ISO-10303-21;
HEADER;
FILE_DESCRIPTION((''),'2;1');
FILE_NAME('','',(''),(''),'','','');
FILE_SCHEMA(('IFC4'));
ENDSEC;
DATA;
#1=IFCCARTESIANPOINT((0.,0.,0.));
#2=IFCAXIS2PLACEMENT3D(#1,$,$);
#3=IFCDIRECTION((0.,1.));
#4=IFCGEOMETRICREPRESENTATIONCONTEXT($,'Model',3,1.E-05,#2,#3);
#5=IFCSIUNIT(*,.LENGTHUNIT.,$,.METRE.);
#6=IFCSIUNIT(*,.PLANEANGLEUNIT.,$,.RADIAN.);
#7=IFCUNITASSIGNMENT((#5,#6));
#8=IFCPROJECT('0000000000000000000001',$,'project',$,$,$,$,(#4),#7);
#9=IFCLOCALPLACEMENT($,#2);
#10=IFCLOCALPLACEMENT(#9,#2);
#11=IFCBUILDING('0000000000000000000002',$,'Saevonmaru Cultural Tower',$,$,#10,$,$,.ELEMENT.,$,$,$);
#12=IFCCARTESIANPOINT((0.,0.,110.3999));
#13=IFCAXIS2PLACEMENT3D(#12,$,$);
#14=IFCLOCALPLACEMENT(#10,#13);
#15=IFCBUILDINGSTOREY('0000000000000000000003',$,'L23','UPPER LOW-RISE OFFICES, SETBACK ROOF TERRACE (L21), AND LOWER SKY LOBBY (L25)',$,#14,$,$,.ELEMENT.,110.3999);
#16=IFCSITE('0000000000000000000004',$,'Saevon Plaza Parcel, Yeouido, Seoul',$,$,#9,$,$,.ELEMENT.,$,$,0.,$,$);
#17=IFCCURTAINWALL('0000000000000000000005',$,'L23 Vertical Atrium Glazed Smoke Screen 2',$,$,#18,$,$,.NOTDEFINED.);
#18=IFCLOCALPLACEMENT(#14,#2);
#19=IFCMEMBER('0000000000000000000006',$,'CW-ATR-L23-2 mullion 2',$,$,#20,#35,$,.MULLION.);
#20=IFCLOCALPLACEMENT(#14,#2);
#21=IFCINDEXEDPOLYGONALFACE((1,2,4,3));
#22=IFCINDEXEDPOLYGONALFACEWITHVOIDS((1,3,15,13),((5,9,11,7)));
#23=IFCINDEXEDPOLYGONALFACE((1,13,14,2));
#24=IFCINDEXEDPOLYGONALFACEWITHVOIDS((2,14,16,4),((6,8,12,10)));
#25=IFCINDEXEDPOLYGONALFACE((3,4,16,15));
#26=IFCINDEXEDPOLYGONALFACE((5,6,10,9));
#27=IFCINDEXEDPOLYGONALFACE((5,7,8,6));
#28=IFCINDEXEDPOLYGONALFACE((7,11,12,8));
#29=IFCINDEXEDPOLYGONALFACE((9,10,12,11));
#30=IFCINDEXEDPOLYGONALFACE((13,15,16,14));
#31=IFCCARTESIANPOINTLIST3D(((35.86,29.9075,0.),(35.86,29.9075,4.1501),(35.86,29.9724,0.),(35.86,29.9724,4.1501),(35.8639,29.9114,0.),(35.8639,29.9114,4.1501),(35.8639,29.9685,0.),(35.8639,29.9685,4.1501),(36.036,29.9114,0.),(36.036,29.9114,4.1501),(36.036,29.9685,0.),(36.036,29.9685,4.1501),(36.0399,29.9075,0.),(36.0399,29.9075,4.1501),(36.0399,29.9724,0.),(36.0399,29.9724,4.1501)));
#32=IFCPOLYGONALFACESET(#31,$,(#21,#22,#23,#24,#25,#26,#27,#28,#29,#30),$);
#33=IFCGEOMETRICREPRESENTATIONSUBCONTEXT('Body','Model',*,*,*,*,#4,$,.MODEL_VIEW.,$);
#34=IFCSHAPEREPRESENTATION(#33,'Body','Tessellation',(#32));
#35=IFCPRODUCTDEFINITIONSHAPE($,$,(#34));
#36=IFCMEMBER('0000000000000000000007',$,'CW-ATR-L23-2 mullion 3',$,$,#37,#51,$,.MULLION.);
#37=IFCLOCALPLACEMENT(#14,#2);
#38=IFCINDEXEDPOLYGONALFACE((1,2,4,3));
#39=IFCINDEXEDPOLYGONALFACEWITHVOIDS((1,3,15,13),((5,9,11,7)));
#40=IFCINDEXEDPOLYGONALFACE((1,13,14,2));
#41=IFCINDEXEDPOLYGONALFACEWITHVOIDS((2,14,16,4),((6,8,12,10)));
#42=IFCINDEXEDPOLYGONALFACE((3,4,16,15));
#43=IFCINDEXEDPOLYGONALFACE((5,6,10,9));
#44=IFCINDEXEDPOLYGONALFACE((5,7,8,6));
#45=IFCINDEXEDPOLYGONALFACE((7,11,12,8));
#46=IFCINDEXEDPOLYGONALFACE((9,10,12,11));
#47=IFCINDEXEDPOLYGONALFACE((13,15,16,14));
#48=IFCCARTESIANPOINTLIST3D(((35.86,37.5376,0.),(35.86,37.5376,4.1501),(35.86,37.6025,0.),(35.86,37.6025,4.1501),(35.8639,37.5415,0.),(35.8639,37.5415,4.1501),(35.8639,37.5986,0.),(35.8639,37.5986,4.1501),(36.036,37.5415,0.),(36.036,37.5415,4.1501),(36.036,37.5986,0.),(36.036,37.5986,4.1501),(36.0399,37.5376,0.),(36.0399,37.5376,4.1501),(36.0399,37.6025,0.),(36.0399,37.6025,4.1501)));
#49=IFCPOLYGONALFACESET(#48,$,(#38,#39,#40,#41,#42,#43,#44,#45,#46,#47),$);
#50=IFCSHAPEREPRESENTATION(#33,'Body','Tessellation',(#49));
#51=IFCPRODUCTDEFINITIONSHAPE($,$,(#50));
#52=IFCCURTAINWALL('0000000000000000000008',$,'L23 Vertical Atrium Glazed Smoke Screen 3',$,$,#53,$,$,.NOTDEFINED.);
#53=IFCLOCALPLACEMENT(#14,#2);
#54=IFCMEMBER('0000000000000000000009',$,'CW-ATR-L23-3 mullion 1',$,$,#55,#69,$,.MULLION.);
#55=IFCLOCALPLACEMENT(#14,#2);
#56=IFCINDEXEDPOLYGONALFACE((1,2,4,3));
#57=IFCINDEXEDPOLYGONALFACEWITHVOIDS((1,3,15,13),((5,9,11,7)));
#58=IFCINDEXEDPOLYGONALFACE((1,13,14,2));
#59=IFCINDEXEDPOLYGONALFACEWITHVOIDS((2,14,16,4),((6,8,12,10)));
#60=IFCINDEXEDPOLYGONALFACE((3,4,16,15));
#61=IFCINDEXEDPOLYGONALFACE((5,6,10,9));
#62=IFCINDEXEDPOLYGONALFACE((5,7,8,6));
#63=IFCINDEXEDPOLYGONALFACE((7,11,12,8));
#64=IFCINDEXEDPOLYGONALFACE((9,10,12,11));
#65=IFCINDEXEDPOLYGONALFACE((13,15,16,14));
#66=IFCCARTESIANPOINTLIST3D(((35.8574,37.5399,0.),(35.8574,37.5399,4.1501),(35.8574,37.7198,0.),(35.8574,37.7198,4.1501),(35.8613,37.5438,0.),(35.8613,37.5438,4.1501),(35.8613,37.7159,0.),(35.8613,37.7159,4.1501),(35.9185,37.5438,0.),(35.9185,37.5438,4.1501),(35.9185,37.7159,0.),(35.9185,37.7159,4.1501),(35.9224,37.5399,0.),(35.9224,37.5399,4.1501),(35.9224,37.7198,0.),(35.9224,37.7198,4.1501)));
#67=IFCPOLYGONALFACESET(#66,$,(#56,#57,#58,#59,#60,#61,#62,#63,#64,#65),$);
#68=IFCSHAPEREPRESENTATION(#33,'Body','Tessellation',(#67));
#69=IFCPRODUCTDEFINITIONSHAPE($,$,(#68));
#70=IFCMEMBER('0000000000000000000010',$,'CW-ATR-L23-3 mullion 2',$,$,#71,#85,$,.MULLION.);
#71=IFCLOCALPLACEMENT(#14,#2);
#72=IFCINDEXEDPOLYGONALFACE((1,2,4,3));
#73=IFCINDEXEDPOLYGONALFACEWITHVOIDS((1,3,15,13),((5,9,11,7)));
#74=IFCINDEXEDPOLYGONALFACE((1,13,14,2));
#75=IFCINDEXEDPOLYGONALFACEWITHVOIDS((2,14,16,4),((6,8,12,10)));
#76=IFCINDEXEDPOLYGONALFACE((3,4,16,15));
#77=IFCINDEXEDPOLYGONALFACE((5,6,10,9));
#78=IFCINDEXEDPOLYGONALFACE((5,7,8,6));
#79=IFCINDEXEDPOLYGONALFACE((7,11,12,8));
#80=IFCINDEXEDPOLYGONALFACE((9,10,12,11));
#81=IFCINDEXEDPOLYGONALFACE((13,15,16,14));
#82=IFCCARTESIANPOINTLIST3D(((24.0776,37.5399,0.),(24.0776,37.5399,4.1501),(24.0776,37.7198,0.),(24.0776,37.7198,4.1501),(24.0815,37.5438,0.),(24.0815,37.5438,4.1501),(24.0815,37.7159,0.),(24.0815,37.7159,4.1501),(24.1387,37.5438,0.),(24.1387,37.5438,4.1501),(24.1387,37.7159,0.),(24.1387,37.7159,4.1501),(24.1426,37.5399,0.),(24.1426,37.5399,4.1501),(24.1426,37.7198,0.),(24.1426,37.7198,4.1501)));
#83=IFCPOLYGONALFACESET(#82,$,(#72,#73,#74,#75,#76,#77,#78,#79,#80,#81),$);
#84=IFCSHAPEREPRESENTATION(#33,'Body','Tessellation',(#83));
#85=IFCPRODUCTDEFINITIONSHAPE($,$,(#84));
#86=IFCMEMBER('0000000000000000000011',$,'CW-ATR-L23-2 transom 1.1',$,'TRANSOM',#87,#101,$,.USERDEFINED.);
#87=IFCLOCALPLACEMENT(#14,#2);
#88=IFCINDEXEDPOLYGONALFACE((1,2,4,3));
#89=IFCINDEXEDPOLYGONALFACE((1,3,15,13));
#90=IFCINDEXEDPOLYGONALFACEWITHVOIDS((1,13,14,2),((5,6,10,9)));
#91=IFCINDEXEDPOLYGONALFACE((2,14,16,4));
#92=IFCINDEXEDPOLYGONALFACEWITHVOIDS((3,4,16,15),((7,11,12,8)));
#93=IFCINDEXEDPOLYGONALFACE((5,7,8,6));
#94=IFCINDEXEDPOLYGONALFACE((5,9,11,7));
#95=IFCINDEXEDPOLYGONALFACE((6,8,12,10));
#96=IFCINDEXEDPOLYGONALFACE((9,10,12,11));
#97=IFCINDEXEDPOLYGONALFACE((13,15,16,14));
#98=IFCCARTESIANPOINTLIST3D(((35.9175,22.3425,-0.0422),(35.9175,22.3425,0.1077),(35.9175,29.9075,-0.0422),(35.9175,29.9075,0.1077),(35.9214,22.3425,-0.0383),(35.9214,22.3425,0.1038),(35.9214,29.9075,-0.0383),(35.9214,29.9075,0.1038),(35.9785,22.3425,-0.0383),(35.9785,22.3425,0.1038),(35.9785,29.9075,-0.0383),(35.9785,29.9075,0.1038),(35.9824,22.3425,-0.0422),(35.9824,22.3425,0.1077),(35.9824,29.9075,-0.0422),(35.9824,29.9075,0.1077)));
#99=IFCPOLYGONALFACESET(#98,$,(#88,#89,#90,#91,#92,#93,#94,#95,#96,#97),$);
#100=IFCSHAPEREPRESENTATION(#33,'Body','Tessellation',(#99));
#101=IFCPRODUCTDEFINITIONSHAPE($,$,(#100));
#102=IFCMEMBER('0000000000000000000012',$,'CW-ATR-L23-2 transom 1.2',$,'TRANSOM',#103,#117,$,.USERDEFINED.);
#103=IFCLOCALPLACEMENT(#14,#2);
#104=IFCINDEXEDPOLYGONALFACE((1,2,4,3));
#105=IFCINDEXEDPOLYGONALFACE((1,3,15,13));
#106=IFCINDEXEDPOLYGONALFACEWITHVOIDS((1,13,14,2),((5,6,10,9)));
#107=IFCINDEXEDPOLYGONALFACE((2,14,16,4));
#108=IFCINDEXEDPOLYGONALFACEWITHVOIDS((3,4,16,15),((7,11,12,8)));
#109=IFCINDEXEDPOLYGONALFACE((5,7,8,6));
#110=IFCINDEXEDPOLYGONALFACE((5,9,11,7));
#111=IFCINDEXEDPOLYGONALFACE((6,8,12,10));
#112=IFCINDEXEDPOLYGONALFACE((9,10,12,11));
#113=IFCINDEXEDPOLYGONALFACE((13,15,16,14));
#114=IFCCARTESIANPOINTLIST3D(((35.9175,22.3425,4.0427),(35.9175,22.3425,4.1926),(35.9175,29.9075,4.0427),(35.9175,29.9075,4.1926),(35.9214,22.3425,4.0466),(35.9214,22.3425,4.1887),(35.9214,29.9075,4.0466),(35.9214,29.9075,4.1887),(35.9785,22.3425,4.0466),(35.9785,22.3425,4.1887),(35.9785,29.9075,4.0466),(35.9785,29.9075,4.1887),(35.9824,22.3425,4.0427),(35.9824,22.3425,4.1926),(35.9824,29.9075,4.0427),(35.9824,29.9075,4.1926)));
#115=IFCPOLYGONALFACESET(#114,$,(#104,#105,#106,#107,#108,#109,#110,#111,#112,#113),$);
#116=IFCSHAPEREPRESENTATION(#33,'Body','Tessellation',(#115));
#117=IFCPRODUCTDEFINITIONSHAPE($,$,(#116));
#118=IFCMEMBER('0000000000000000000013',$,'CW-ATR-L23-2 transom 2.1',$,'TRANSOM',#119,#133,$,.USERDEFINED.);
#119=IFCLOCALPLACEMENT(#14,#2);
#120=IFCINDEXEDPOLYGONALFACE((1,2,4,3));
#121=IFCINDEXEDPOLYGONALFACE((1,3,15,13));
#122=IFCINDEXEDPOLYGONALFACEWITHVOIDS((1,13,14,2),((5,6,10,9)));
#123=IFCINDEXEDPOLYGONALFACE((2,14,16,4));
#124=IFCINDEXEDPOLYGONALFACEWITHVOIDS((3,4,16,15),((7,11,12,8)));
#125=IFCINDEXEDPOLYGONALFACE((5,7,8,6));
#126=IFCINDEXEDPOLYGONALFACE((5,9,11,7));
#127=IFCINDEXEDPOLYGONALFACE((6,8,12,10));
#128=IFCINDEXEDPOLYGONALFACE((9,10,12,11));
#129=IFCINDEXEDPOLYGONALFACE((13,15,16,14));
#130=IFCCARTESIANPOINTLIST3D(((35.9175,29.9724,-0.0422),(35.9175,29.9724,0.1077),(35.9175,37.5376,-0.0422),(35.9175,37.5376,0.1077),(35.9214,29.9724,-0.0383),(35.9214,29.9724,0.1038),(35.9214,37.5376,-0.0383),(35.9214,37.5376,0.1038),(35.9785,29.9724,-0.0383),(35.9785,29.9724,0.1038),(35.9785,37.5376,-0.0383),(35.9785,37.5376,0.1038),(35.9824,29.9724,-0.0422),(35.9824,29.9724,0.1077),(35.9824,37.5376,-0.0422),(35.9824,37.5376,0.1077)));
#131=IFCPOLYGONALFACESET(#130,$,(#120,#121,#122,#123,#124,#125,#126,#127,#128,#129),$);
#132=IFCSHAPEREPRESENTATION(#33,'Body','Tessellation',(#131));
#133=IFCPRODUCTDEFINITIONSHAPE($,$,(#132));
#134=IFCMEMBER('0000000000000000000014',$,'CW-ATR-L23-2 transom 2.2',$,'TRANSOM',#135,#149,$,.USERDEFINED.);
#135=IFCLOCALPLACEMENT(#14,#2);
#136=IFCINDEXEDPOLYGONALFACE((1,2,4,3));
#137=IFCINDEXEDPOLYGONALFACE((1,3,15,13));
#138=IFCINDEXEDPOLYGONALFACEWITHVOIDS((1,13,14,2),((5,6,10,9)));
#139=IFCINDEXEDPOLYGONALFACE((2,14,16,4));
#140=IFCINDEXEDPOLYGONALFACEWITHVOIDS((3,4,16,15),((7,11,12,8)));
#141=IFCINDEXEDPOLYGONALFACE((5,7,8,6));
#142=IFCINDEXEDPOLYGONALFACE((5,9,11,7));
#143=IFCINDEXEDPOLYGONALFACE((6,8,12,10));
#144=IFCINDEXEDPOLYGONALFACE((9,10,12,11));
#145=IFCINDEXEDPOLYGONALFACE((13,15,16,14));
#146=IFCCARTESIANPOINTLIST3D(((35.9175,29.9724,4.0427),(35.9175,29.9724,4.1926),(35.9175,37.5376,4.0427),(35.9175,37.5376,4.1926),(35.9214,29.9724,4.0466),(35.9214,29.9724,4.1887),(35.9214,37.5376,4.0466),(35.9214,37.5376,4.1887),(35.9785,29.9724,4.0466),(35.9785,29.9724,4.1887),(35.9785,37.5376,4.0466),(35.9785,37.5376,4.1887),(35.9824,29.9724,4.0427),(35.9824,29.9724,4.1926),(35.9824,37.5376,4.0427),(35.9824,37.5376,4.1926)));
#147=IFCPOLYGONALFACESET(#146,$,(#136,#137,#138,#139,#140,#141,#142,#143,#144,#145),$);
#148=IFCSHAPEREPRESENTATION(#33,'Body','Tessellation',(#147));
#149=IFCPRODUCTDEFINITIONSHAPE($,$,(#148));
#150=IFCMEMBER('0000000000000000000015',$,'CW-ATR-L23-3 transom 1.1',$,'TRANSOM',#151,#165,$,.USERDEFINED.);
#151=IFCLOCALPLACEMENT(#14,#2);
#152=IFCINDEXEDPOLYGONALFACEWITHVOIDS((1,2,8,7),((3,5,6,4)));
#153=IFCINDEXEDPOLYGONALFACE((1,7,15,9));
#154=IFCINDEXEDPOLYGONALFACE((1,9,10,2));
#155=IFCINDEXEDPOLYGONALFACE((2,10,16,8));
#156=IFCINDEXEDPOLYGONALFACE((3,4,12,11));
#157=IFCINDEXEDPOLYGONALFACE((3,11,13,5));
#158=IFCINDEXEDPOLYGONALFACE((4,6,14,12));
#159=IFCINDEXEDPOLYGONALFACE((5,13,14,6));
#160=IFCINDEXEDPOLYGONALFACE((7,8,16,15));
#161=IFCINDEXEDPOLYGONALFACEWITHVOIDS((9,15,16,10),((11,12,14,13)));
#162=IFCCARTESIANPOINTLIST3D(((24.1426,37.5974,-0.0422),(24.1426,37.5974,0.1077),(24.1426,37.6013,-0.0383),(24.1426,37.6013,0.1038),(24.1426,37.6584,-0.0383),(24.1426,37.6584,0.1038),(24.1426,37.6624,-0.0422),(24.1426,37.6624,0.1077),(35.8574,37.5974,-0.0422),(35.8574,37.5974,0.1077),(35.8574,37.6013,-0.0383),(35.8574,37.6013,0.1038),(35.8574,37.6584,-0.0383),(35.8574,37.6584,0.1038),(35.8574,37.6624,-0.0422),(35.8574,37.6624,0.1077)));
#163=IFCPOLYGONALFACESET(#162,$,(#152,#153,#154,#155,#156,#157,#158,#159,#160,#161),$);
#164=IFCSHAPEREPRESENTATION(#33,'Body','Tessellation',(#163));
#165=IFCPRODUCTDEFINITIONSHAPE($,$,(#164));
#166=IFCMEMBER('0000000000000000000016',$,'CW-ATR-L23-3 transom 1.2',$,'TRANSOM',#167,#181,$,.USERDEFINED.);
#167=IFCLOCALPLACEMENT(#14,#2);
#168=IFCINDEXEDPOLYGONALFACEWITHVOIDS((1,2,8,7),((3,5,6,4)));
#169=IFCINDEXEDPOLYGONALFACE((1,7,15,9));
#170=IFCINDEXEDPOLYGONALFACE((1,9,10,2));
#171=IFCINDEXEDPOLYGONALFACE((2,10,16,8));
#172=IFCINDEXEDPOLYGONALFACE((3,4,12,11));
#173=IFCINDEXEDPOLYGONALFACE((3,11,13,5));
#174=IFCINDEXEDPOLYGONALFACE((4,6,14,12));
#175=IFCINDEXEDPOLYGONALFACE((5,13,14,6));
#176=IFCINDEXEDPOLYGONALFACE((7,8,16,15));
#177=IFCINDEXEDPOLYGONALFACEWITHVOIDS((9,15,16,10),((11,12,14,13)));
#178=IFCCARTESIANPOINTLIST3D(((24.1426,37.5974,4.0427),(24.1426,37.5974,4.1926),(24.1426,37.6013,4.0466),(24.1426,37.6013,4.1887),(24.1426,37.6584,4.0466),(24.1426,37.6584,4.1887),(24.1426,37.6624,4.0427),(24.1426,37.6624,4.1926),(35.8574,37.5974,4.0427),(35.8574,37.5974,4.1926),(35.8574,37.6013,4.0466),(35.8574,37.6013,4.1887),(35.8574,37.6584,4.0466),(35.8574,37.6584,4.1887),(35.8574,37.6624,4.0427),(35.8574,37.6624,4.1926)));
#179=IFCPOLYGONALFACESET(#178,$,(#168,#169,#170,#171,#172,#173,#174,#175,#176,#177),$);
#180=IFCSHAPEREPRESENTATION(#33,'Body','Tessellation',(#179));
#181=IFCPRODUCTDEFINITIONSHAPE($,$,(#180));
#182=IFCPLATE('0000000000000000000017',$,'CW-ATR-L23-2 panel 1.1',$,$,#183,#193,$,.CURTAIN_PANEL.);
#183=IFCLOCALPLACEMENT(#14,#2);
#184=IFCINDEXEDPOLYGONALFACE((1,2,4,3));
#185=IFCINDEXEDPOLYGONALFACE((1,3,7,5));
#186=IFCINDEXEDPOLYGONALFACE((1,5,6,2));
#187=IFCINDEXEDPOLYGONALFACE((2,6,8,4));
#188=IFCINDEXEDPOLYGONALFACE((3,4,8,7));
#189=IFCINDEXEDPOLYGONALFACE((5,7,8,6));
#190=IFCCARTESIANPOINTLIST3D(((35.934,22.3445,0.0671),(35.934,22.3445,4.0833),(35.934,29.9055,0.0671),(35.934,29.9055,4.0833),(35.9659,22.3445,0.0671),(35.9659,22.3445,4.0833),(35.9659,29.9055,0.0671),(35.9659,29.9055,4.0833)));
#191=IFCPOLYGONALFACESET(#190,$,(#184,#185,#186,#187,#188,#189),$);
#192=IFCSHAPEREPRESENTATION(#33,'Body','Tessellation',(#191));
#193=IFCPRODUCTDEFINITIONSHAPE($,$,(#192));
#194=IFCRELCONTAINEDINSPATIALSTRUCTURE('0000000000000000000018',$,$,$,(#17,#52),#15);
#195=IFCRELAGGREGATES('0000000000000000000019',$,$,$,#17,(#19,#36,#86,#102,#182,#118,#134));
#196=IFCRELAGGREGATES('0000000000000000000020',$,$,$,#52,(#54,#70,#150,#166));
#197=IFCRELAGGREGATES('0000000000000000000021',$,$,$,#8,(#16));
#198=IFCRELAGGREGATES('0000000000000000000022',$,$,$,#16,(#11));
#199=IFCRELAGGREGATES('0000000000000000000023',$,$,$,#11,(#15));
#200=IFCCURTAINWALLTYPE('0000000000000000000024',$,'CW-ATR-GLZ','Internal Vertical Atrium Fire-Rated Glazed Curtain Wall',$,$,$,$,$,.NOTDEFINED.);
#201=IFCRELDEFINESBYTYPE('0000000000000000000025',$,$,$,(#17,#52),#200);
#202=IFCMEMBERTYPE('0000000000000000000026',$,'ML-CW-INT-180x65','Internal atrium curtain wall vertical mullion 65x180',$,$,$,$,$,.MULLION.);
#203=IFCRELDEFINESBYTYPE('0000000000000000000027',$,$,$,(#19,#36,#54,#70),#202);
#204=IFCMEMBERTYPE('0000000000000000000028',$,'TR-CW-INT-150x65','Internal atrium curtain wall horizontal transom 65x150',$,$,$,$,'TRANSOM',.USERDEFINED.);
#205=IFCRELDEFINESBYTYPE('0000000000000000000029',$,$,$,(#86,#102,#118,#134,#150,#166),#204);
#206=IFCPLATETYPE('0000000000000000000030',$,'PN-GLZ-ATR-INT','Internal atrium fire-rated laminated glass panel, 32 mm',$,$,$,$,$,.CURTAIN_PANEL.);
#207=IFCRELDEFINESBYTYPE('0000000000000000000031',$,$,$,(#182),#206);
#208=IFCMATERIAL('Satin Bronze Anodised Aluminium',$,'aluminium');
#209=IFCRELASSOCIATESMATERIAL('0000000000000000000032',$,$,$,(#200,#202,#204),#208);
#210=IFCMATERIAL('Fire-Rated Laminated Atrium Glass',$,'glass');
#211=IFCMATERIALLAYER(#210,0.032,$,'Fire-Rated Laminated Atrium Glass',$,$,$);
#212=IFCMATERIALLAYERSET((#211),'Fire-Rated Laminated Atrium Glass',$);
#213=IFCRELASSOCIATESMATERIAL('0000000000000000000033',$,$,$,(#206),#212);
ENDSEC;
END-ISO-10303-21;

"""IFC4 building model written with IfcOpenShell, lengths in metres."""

from ifc_helpers import new_model, si_unit, direction, frame, origin, origin_2d, place, context, subcontext, project, spatial, rectangle, hollow_rectangle, extrude, material, layer, layer_set, material_profile, profile_set, type_object, element, aggregate, save


model = new_model("IFC4")

# Units and contexts
model_context = context("Model", 3, precision=1e-05, world=origin(), true_north=direction((0.0, 1.0)))
body_context = subcontext(model_context, "Body", "Model", "MODEL_VIEW")
ifc_project = project(units=[si_unit("LENGTHUNIT", "METRE"), si_unit("PLANEANGLEUNIT", "RADIAN")], contexts=[model_context])

# Site, building, storey
site_placement = place(None, origin())
site = spatial("IfcSite", under=ifc_project, at=site_placement, Name="Saevon Plaza Parcel, Yeouido, Seoul", CompositionType="ELEMENT", RefElevation=0.0)
building_placement = place(site_placement, origin())
building = spatial("IfcBuilding", under=site, at=building_placement, Name="Saevonmaru Cultural Tower", CompositionType="ELEMENT")
storey_placement = place(building_placement, frame((0.0, 0.0, 110.3999)))
storey = spatial("IfcBuildingStorey", under=building, at=storey_placement, Name="L23", Description="UPPER LOW-RISE OFFICES, SETBACK ROOF TERRACE (L21), AND LOWER SKY LOBBY (L25)", CompositionType="ELEMENT", Elevation=110.3999)

# Curtain walls, members
ifc_material_1 = material(Name="Satin Bronze Anodised Aluminium", Category="aluminium")
curtain_wall_type = type_object("IfcCurtainWallType", Name="CW-ATR-GLZ", Description="Internal Vertical Atrium Fire-Rated Glazed Curtain Wall", PredefinedType="NOTDEFINED", material=ifc_material_1)
curtain_wall_1_placement = place(storey_placement, origin())
curtain_wall_1 = element("IfcCurtainWall", 1, at=curtain_wall_1_placement, inside=storey, type_object=curtain_wall_type, Name="L23 Vertical Atrium Glazed Smoke Screen 2", PredefinedType="NOTDEFINED")
ifc_material_profile_1 = material_profile(ifc_material_1, hollow_rectangle(XDim=0.0649, YDim=0.1799, WallThickness=0.0039, at=origin_2d()), Name="ALU-MULL-180x65x4")
ifc_profile_set_1 = profile_set([ifc_material_profile_1], Name="Satin Bronze Anodised Aluminium")
member_type_1 = type_object("IfcMemberType", Name="ML-CW-INT-180x65", Description="Internal atrium curtain wall vertical mullion 65x180", PredefinedType="MULLION", material=ifc_profile_set_1)
member_1_placement = place(storey_placement, frame((35.95, 29.9399, 0.0), z_axis=(0.0, 0.0, 1.0), x_axis=(0.0, 1.0, 0.0)))
member_1 = element("IfcMember", 2, at=member_1_placement, type_object=member_type_1, Name="CW-ATR-L23-2 mullion 2", PredefinedType="MULLION", context=body_context, shape_type="SweptSolid", body=[
    extrude(hollow_rectangle(XDim=0.0649, YDim=0.1799, WallThickness=0.0039, at=origin_2d()), origin(), (0.0, 0.0, 1.0), 4.1501),
])
member_2_placement = place(storey_placement, frame((35.95, 37.5701, 0.0), z_axis=(0.0, 0.0, 1.0), x_axis=(0.0, 1.0, 0.0)))
member_2 = element("IfcMember", 3, at=member_2_placement, type_object=member_type_1, Name="CW-ATR-L23-2 mullion 3", PredefinedType="MULLION", context=body_context, shape_type="SweptSolid", body=[
    extrude(hollow_rectangle(XDim=0.0649, YDim=0.1799, WallThickness=0.0039, at=origin_2d()), origin(), (0.0, 0.0, 1.0), 4.1501),
])
curtain_wall_2_placement = place(storey_placement, origin())
curtain_wall_2 = element("IfcCurtainWall", 4, at=curtain_wall_2_placement, inside=storey, type_object=curtain_wall_type, Name="L23 Vertical Atrium Glazed Smoke Screen 3", PredefinedType="NOTDEFINED")
member_3_placement = place(storey_placement, frame((35.8899, 37.6299, 0.0), z_axis=(0.0, 0.0, 1.0), x_axis=(-1.0, 0.0, 0.0)))
member_3 = element("IfcMember", 5, at=member_3_placement, type_object=member_type_1, Name="CW-ATR-L23-3 mullion 1", PredefinedType="MULLION", context=body_context, shape_type="SweptSolid", body=[
    extrude(hollow_rectangle(XDim=0.0649, YDim=0.1799, WallThickness=0.0039, at=origin_2d()), origin(), (0.0, 0.0, 1.0), 4.1501),
])
member_4_placement = place(storey_placement, frame((24.1101, 37.6299, 0.0), z_axis=(0.0, 0.0, 1.0), x_axis=(-1.0, 0.0, 0.0)))
member_4 = element("IfcMember", 6, at=member_4_placement, type_object=member_type_1, Name="CW-ATR-L23-3 mullion 2", PredefinedType="MULLION", context=body_context, shape_type="SweptSolid", body=[
    extrude(hollow_rectangle(XDim=0.0649, YDim=0.1799, WallThickness=0.0039, at=origin_2d()), origin(), (0.0, 0.0, 1.0), 4.1501),
])

# Members
ifc_material_profile_2 = material_profile(ifc_material_1, hollow_rectangle(XDim=0.0649, YDim=0.1499, WallThickness=0.0039, at=origin_2d()), Name="ALU-TRAN-150x65x4")
ifc_profile_set_2 = profile_set([ifc_material_profile_2], Name="Satin Bronze Anodised Aluminium")
member_type_2 = type_object("IfcMemberType", Name="TR-CW-INT-150x65", Description="Internal atrium curtain wall horizontal transom 65x150", ElementType="TRANSOM", PredefinedType="USERDEFINED", material=ifc_profile_set_2)
member_5_placement = place(storey_placement, frame((35.95, 22.3425, 0.0327), z_axis=(0.0, 1.0, 0.0), x_axis=(-1.0, 0.0, 0.0)))
member_5 = element("IfcMember", 7, at=member_5_placement, type_object=member_type_2, Name="CW-ATR-L23-2 transom 1.1", ObjectType="TRANSOM", PredefinedType="USERDEFINED", context=body_context, shape_type="SweptSolid", body=[
    extrude(hollow_rectangle(XDim=0.0649, YDim=0.1499, WallThickness=0.0039, at=origin_2d()), origin(), (0.0, 0.0, 1.0), 7.5649),
])
member_6_placement = place(storey_placement, frame((35.95, 22.3425, 4.1177), z_axis=(0.0, 1.0, 0.0), x_axis=(-1.0, 0.0, 0.0)))
member_6 = element("IfcMember", 8, at=member_6_placement, type_object=member_type_2, Name="CW-ATR-L23-2 transom 1.2", ObjectType="TRANSOM", PredefinedType="USERDEFINED", context=body_context, shape_type="SweptSolid", body=[
    extrude(hollow_rectangle(XDim=0.0649, YDim=0.1499, WallThickness=0.0039, at=origin_2d()), origin(), (0.0, 0.0, 1.0), 7.5649),
])
member_7_placement = place(storey_placement, frame((35.95, 29.9724, 0.0327), z_axis=(0.0, 1.0, 0.0), x_axis=(-1.0, 0.0, 0.0)))
member_7 = element("IfcMember", 9, at=member_7_placement, type_object=member_type_2, Name="CW-ATR-L23-2 transom 2.1", ObjectType="TRANSOM", PredefinedType="USERDEFINED", context=body_context, shape_type="SweptSolid", body=[
    extrude(hollow_rectangle(XDim=0.0649, YDim=0.1499, WallThickness=0.0039, at=origin_2d()), origin(), (0.0, 0.0, 1.0), 7.5652),
])
member_8_placement = place(storey_placement, frame((35.95, 29.9724, 4.1177), z_axis=(0.0, 1.0, 0.0), x_axis=(-1.0, 0.0, 0.0)))
member_8 = element("IfcMember", 10, at=member_8_placement, type_object=member_type_2, Name="CW-ATR-L23-2 transom 2.2", ObjectType="TRANSOM", PredefinedType="USERDEFINED", context=body_context, shape_type="SweptSolid", body=[
    extrude(hollow_rectangle(XDim=0.0649, YDim=0.1499, WallThickness=0.0039, at=origin_2d()), origin(), (0.0, 0.0, 1.0), 7.5652),
])
member_9_placement = place(storey_placement, frame((35.8574, 37.6299, 0.0327), z_axis=(-1.0, 0.0, 0.0), x_axis=(0.0, -1.0, 0.0)))
member_9 = element("IfcMember", 11, at=member_9_placement, type_object=member_type_2, Name="CW-ATR-L23-3 transom 1.1", ObjectType="TRANSOM", PredefinedType="USERDEFINED", context=body_context, shape_type="SweptSolid", body=[
    extrude(hollow_rectangle(XDim=0.0649, YDim=0.1499, WallThickness=0.0039, at=origin_2d()), origin(), (0.0, 0.0, 1.0), 11.7148),
])
member_10_placement = place(storey_placement, frame((35.8574, 37.6299, 4.1177), z_axis=(-1.0, 0.0, 0.0), x_axis=(0.0, -1.0, 0.0)))
member_10 = element("IfcMember", 12, at=member_10_placement, type_object=member_type_2, Name="CW-ATR-L23-3 transom 1.2", ObjectType="TRANSOM", PredefinedType="USERDEFINED", context=body_context, shape_type="SweptSolid", body=[
    extrude(hollow_rectangle(XDim=0.0649, YDim=0.1499, WallThickness=0.0039, at=origin_2d()), origin(), (0.0, 0.0, 1.0), 11.7148),
])

# Plate
ifc_material_2 = material(Name="Fire-Rated Laminated Atrium Glass", Category="glass")
ifc_layer_1 = layer(ifc_material_2, 0.032, Name="Fire-Rated Laminated Atrium Glass")
ifc_layer_set_1 = layer_set([ifc_layer_1], Name="Fire-Rated Laminated Atrium Glass")
plate_type = type_object("IfcPlateType", Name="PN-GLZ-ATR-INT", Description="Internal atrium fire-rated laminated glass panel, 32 mm", PredefinedType="CURTAIN_PANEL", material=ifc_layer_set_1)
plate_1_placement = place(storey_placement, frame((35.95, 26.125, 0.0671), z_axis=(0.0, 0.0, 1.0), x_axis=(0.0, 1.0, 0.0)))
plate_1 = element("IfcPlate", 13, at=plate_1_placement, type_object=plate_type, Name="CW-ATR-L23-2 panel 1.1", PredefinedType="CURTAIN_PANEL", context=body_context, shape_type="SweptSolid", body=[
    extrude(rectangle(XDim=7.561, YDim=0.032, at=origin_2d()), origin(), (0.0, 0.0, 1.0), 4.0161),
])
aggregate(curtain_wall_1, [member_1, member_2, member_5, member_6, plate_1, member_7, member_8])
aggregate(curtain_wall_2, [member_3, member_4, member_9, member_10])

save(model, "model.ifc")
